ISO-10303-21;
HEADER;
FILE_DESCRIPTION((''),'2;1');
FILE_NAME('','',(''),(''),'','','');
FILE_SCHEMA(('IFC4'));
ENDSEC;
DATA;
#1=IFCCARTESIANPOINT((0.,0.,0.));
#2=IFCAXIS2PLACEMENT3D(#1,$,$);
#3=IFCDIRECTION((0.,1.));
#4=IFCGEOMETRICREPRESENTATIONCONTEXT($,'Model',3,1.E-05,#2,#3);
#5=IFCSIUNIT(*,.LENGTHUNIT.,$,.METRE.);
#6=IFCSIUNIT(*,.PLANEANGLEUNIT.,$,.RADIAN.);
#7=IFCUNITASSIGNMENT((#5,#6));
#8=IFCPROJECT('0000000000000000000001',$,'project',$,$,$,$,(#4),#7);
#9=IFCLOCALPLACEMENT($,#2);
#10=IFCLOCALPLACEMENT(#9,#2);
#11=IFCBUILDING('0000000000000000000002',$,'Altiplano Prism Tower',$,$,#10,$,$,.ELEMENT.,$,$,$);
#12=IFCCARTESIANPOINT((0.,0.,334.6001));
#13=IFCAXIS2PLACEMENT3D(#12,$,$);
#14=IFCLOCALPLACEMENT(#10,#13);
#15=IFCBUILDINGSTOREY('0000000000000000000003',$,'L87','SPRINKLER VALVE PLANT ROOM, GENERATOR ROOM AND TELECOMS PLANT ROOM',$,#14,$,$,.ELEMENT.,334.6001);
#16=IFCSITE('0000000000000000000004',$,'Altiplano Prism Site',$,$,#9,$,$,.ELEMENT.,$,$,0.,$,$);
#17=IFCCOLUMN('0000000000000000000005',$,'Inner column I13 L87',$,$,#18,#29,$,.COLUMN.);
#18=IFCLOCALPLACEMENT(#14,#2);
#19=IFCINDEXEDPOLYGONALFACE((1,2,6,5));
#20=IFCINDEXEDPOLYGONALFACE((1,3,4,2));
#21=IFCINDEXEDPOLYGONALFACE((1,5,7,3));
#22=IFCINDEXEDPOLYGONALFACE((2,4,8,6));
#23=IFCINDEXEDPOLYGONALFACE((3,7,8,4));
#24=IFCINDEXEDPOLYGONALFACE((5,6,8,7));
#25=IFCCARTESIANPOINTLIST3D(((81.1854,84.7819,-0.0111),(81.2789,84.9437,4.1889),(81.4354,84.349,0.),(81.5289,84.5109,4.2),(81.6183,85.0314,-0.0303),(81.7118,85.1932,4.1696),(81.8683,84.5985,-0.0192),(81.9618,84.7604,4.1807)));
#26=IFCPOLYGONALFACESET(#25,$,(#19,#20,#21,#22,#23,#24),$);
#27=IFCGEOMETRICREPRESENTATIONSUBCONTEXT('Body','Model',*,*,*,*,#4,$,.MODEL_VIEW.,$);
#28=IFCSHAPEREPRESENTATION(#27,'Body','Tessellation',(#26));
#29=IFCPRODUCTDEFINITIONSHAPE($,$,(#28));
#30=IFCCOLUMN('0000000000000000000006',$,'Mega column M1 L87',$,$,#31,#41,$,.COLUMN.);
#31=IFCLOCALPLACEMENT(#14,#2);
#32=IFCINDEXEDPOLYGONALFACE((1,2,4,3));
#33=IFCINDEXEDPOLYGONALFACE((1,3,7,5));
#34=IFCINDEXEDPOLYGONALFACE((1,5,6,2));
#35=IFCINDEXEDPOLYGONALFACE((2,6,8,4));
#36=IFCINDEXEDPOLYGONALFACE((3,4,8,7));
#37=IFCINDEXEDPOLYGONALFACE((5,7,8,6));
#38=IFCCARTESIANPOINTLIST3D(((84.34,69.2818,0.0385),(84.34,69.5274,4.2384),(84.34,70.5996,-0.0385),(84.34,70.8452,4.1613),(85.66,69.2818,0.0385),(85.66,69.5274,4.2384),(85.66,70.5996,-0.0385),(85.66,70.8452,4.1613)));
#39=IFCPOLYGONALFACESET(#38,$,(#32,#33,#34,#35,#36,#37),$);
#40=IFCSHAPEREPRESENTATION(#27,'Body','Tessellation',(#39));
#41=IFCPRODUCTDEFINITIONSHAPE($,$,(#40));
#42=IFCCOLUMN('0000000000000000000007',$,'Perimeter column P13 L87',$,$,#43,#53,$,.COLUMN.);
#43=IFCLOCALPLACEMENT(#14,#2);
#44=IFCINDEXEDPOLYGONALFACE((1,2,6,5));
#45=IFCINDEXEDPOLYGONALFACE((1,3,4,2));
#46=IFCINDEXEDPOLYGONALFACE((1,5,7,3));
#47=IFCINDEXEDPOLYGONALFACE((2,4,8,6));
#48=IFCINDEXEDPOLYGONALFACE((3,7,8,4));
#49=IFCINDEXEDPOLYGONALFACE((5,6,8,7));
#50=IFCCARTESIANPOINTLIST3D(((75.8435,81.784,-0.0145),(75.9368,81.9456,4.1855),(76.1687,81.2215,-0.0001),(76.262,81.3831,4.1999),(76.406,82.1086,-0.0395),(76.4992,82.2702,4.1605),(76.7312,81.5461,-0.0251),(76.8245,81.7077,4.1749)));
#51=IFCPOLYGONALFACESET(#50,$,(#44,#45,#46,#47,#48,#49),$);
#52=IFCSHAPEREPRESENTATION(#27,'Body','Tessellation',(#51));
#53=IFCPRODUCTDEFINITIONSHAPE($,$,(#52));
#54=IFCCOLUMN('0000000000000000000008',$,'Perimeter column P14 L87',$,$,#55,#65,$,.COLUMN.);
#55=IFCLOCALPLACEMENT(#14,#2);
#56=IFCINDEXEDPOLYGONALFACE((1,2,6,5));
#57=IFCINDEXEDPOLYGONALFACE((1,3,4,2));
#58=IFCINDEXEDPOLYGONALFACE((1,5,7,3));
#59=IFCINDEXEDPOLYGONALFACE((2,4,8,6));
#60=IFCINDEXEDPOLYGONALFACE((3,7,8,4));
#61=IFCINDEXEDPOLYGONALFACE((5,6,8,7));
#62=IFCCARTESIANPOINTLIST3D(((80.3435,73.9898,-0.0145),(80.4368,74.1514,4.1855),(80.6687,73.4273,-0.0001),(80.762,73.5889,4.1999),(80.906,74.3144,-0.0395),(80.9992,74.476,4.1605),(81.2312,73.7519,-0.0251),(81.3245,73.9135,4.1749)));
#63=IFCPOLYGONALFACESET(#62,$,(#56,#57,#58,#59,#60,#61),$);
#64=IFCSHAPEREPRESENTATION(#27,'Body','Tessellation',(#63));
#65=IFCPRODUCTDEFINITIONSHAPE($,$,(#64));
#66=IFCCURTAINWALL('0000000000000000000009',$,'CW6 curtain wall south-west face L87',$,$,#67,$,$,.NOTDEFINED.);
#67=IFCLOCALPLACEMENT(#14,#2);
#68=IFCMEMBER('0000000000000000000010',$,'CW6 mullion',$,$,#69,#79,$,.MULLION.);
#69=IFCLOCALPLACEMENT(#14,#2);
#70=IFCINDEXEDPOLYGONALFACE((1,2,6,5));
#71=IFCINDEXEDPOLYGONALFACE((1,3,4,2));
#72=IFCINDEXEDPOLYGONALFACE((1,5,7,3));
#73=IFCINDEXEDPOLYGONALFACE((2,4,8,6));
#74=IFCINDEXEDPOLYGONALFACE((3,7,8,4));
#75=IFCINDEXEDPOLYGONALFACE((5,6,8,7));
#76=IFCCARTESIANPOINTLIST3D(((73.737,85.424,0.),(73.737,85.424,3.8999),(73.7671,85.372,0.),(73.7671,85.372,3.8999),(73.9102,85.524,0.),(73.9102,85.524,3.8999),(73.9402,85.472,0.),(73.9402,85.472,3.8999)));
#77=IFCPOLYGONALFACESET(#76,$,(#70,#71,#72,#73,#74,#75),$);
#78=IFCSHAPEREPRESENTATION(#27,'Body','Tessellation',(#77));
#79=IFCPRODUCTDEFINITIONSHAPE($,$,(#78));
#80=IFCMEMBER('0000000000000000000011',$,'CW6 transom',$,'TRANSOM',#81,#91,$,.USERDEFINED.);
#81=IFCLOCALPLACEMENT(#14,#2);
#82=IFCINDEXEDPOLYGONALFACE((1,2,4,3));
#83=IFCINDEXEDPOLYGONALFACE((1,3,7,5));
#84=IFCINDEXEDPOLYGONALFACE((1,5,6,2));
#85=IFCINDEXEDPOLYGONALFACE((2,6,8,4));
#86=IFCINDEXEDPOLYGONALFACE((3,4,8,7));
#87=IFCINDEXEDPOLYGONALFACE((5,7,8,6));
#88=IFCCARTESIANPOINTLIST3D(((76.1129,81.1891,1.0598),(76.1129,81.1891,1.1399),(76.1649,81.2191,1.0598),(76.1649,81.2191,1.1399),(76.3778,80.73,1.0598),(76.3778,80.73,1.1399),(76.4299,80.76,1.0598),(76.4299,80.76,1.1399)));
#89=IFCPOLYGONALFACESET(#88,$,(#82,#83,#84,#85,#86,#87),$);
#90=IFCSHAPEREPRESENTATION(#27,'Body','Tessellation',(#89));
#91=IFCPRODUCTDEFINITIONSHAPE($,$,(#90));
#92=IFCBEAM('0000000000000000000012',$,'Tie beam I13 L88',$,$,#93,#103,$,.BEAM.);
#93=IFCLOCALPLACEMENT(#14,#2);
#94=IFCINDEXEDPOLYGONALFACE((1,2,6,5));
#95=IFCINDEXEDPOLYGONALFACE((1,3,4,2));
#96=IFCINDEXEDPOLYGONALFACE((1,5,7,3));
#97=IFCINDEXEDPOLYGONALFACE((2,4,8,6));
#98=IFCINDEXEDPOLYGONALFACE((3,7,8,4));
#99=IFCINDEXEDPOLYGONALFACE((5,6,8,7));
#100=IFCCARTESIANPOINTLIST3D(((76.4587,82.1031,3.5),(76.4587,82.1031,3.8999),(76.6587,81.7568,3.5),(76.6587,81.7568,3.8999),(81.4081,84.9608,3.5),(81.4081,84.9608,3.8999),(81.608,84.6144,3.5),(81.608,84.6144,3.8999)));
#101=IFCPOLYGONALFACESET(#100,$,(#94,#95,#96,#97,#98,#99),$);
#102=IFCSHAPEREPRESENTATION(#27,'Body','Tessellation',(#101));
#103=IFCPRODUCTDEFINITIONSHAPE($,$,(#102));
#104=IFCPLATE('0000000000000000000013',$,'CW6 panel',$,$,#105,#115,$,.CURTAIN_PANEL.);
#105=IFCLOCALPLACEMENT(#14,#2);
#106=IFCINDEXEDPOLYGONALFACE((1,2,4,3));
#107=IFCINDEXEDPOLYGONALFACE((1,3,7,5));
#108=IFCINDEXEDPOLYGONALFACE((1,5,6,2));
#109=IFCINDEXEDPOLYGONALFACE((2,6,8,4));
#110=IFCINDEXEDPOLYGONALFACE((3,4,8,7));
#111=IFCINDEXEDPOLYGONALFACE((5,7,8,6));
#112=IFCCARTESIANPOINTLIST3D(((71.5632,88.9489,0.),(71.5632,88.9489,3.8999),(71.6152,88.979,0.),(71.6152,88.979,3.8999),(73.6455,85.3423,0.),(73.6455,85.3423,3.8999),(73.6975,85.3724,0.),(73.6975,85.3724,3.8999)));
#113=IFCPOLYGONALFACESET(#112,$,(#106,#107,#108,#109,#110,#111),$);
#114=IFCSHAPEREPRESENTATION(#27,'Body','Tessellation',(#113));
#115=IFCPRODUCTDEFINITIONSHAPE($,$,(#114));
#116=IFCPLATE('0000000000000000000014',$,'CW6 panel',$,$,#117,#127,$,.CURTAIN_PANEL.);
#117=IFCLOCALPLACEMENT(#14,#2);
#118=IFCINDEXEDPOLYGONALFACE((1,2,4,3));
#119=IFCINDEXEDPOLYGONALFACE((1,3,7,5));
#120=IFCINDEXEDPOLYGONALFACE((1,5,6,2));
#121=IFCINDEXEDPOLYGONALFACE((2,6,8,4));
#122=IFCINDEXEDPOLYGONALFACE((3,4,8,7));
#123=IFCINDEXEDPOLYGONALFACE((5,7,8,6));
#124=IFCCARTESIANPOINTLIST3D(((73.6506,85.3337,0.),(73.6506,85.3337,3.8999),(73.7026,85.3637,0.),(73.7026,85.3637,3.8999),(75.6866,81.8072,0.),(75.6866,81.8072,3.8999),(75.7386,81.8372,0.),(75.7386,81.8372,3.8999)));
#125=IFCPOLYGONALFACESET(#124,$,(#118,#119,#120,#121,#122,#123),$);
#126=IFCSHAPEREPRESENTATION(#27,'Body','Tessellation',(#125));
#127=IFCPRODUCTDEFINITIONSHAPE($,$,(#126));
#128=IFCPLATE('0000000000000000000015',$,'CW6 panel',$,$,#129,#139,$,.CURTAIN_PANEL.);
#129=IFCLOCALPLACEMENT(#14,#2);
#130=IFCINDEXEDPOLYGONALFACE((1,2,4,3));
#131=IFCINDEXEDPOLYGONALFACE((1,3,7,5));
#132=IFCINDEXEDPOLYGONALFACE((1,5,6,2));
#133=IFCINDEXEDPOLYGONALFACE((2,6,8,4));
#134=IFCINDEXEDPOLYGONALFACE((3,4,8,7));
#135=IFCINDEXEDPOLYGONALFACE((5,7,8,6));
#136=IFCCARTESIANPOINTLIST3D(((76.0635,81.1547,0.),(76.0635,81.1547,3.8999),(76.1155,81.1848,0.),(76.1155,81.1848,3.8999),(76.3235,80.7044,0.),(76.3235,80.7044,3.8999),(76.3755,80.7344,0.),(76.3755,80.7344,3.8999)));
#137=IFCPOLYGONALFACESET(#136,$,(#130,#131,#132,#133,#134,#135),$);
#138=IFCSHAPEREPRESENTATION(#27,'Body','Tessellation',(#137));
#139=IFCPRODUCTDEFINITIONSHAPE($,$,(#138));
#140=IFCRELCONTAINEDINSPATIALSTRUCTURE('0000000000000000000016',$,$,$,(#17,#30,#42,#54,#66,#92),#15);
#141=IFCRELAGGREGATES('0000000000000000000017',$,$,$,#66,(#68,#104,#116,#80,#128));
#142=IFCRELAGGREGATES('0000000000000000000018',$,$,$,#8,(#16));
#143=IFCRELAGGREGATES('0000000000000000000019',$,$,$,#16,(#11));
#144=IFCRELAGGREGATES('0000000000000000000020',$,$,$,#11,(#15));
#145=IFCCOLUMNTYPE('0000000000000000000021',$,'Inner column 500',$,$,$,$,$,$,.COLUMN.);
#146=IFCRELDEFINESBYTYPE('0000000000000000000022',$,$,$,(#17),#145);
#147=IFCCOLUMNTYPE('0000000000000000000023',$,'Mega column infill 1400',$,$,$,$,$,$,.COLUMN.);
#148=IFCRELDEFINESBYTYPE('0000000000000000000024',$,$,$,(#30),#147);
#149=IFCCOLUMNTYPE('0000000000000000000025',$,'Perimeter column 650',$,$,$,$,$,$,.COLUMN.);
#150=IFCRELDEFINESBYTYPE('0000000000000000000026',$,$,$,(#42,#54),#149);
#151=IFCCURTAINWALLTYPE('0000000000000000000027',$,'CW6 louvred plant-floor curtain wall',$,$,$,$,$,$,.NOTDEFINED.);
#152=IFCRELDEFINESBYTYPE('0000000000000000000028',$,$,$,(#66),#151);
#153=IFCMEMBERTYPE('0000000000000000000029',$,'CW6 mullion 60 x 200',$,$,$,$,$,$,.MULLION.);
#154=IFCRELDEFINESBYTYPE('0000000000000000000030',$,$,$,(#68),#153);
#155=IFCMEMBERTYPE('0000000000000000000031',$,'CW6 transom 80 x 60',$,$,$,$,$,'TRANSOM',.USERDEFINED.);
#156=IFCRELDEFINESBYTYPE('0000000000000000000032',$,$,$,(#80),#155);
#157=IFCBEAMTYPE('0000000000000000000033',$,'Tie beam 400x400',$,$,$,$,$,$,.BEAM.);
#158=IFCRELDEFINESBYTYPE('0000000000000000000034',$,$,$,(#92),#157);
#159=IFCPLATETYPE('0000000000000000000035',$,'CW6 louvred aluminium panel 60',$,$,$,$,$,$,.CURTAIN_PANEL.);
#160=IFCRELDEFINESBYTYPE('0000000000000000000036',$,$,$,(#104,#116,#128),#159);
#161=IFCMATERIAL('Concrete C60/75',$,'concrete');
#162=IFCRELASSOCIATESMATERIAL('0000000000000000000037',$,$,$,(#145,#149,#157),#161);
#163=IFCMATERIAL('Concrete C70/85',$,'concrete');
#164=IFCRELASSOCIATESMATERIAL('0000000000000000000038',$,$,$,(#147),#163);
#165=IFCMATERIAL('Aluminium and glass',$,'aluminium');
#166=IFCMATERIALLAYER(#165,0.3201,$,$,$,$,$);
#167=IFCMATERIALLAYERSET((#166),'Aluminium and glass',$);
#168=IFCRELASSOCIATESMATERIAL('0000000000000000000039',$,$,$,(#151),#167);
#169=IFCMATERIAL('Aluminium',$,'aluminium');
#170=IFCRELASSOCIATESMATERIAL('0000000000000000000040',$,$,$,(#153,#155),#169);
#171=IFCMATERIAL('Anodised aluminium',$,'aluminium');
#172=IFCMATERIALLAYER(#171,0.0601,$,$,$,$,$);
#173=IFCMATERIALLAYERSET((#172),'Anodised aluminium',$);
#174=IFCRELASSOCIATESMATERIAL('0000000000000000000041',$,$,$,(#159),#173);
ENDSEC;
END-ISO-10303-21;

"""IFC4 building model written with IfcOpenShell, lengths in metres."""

from ifc_helpers import new_model, si_unit, direction, frame, origin, origin_2d, place, context, subcontext, project, spatial, rectangle, extrude, material, layer, layer_set, material_profile, profile_set, type_object, element, aggregate, save


model = new_model("IFC4")

# Units and contexts
model_context = context("Model", 3, precision=1e-05, world=origin(), true_north=direction((0.0, 1.0)))
body_context = subcontext(model_context, "Body", "Model", "MODEL_VIEW")
ifc_project = project(units=[si_unit("LENGTHUNIT", "METRE"), si_unit("PLANEANGLEUNIT", "RADIAN")], contexts=[model_context])

# Site, building, storey
site_placement = place(None, origin())
site = spatial("IfcSite", under=ifc_project, at=site_placement, Name="Altiplano Prism Site", CompositionType="ELEMENT", RefElevation=0.0)
building_placement = place(site_placement, origin())
building = spatial("IfcBuilding", under=site, at=building_placement, Name="Altiplano Prism Tower", CompositionType="ELEMENT")
storey_placement = place(building_placement, frame((0.0, 0.0, 334.6001)))
storey = spatial("IfcBuildingStorey", under=building, at=storey_placement, Name="L87", Description="SPRINKLER VALVE PLANT ROOM, GENERATOR ROOM AND TELECOMS PLANT ROOM", CompositionType="ELEMENT", Elevation=334.6001)

# Columns
ifc_material_1 = material(Name="Concrete C60/75", Category="concrete")
ifc_material_profile_1 = material_profile(ifc_material_1, rectangle(XDim=0.5, YDim=0.5, at=origin_2d()), Name="Inner column 500")
ifc_profile_set_1 = profile_set([ifc_material_profile_1], Name="Concrete C60/75")
column_type_1 = type_object("IfcColumnType", Name="Inner column 500", PredefinedType="COLUMN", material=ifc_profile_set_1)
column_1_placement = place(storey_placement, frame((81.5269, 84.6902, -0.0151), z_axis=(0.022242, 0.038502, 0.999011), x_axis=(-0.86572, -0.499045, 0.038507)))
element("IfcColumn", 1, at=column_1_placement, inside=storey, type_object=column_type_1, Name="Inner column I13 L87", PredefinedType="COLUMN", context=body_context, shape_type="SweptSolid", body=[
    extrude(rectangle(XDim=0.5, YDim=0.5, at=origin_2d()), origin(), (0.0, 0.0, 1.0), 4.2041),
])
ifc_material_2 = material(Name="Concrete C70/85", Category="concrete")
ifc_material_profile_2 = material_profile(ifc_material_2, rectangle(XDim=1.3201, YDim=1.3201, at=origin_2d()), Name="Mega column infill 1400")
ifc_profile_set_2 = profile_set([ifc_material_profile_2], Name="Concrete C70/85")
column_type_2 = type_object("IfcColumnType", Name="Mega column infill 1400", PredefinedType="COLUMN", material=ifc_profile_set_2)
column_2_placement = place(storey_placement, frame((85.0, 69.9407, 0.0), z_axis=(0.0, 0.058378, 0.998295), x_axis=(-1.0, 0.0, 0.0)))
element("IfcColumn", 2, at=column_2_placement, inside=storey, type_object=column_type_2, Name="Mega column M1 L87", PredefinedType="COLUMN", context=body_context, shape_type="SweptSolid", body=[
    extrude(rectangle(XDim=1.3201, YDim=1.3201, at=origin_2d()), origin(), (0.0, 0.0, 1.0), 4.207),
])
ifc_material_profile_3 = material_profile(ifc_material_1, rectangle(XDim=0.6499, YDim=0.6499, at=origin_2d()), Name="Perimeter column 650")
ifc_profile_set_3 = profile_set([ifc_material_profile_3], Name="Concrete C60/75")
column_type_3 = type_object("IfcColumnType", Name="Perimeter column 650", PredefinedType="COLUMN", material=ifc_profile_set_3)
for number, where, z_axis, x_axis, name in (
    (3, (76.2874, 81.665, -0.0198), (0.022184, 0.038444, 0.999014), (-0.865483, -0.499462, 0.038439), "Perimeter column P13 L87"),
    (4, (80.7874, 73.8708, -0.0198), (0.022184, 0.038444, 0.999014), (-0.865483, -0.499462, 0.038439), "Perimeter column P14 L87"),
):
    element("IfcColumn", number, at=place(storey_placement, frame(where, z_axis=z_axis, x_axis=x_axis)), inside=storey, type_object=column_type_3, Name=name, PredefinedType="COLUMN", context=body_context, shape_type="SweptSolid", body=[
        extrude(rectangle(XDim=0.6499, YDim=0.6499, at=origin_2d()), origin(), (0.0, 0.0, 1.0), 4.2041),
    ])

# Curtain wall, members
ifc_material_3 = material(Name="Aluminium and glass", Category="aluminium")
ifc_layer_1 = layer(ifc_material_3, 0.3201)
ifc_layer_set_1 = layer_set([ifc_layer_1], Name="Aluminium and glass")
curtain_wall_type = type_object("IfcCurtainWallType", Name="CW6 louvred plant-floor curtain wall", PredefinedType="NOTDEFINED", material=ifc_layer_set_1)
curtain_wall_placement = place(storey_placement, origin())
curtain_wall = element("IfcCurtainWall", 5, at=curtain_wall_placement, inside=storey, type_object=curtain_wall_type, Name="CW6 curtain wall south-west face L87", PredefinedType="NOTDEFINED")
ifc_material_4 = material(Name="Aluminium", Category="aluminium")
ifc_material_profile_4 = material_profile(ifc_material_4, rectangle(XDim=0.2, YDim=0.0601, at=origin_2d()), Name="CW6 mullion 60 x 200")
ifc_profile_set_4 = profile_set([ifc_material_profile_4], Name="Aluminium")
member_type_1 = type_object("IfcMemberType", Name="CW6 mullion 60 x 200", PredefinedType="MULLION", material=ifc_profile_set_4)
member_1_placement = place(storey_placement, frame((73.8386, 85.448, 0.0), z_axis=(0.0, 0.0, 1.0), x_axis=(0.866025, 0.5, 0.0)))
member_1 = element("IfcMember", 6, at=member_1_placement, type_object=member_type_1, Name="CW6 mullion", PredefinedType="MULLION", context=body_context, shape_type="SweptSolid", body=[
    extrude(rectangle(XDim=0.2, YDim=0.0601, at=origin_2d()), origin(), (0.0, 0.0, 1.0), 3.8999),
])
ifc_material_profile_5 = material_profile(ifc_material_4, rectangle(XDim=0.0601, YDim=0.0801, at=origin_2d()), Name="CW6 transom 80 x 60")
ifc_profile_set_5 = profile_set([ifc_material_profile_5], Name="Aluminium")
member_type_2 = type_object("IfcMemberType", Name="CW6 transom 80 x 60", ElementType="TRANSOM", PredefinedType="USERDEFINED", material=ifc_profile_set_5)
member_2_placement = place(storey_placement, frame((76.1389, 81.2041, 1.0999), z_axis=(0.499855, -0.866109, 0.0), x_axis=(0.866109, 0.499855, 0.0)))
member_2 = element("IfcMember", 7, at=member_2_placement, type_object=member_type_2, Name="CW6 transom", ObjectType="TRANSOM", PredefinedType="USERDEFINED", context=body_context, shape_type="SweptSolid", body=[
    extrude(rectangle(XDim=0.0601, YDim=0.0801, at=origin_2d()), origin(), (0.0, 0.0, 1.0), 0.53),
])

# Beam
ifc_material_profile_6 = material_profile(ifc_material_1, rectangle(XDim=0.3999, YDim=0.3999, at=origin_2d()), Name="Tie beam 400x400")
ifc_profile_set_6 = profile_set([ifc_material_profile_6], Name="Concrete C60/75")
beam_type = type_object("IfcBeamType", Name="Tie beam 400x400", PredefinedType="BEAM", material=ifc_profile_set_6)
beam_placement = place(storey_placement, frame((81.5081, 84.7876, 3.7), z_axis=(-0.866018, -0.500012, 0.0), x_axis=(0.500012, -0.866018, 0.0)))
element("IfcBeam", 8, at=beam_placement, inside=storey, type_object=beam_type, Name="Tie beam I13 L88", PredefinedType="BEAM", context=body_context, shape_type="SweptSolid", body=[
    extrude(rectangle(XDim=0.3999, YDim=0.3999, at=origin_2d()), origin(), (0.0, 0.0, 1.0), 5.7151),
])

# Plates
ifc_material_5 = material(Name="Anodised aluminium", Category="aluminium")
ifc_layer_2 = layer(ifc_material_5, 0.0601)
ifc_layer_set_2 = layer_set([ifc_layer_2], Name="Anodised aluminium")
plate_type = type_object("IfcPlateType", Name="CW6 louvred aluminium panel 60", PredefinedType="CURTAIN_PANEL", material=ifc_layer_set_2)
plate_1_placement = place(storey_placement, frame((72.6304, 87.1606, 0.0), z_axis=(0.0, 0.0, 1.0), x_axis=(0.5, -0.866025, 0.0)))
plate_1 = element("IfcPlate", 9, at=plate_1_placement, type_object=plate_type, Name="CW6 panel", PredefinedType="CURTAIN_PANEL", context=body_context, shape_type="SweptSolid", body=[
    extrude(rectangle(XDim=4.1646, YDim=0.0601, at=origin_2d()), origin(), (0.0, 0.0, 1.0), 3.8999),
])
plate_2_placement = place(storey_placement, frame((74.6946, 83.5854, 0.0), z_axis=(0.0, 0.0, 1.0), x_axis=(0.5, -0.866025, 0.0)))
plate_2 = element("IfcPlate", 10, at=plate_2_placement, type_object=plate_type, Name="CW6 panel", PredefinedType="CURTAIN_PANEL", context=body_context, shape_type="SweptSolid", body=[
    extrude(rectangle(XDim=4.072, YDim=0.0601, at=origin_2d()), origin(), (0.0, 0.0, 1.0), 3.8999),
])
plate_3_placement = place(storey_placement, frame((76.2195, 80.9446, 0.0), z_axis=(0.0, 0.0, 1.0), x_axis=(0.5, -0.866025, 0.0)))
plate_3 = element("IfcPlate", 11, at=plate_3_placement, type_object=plate_type, Name="CW6 panel", PredefinedType="CURTAIN_PANEL", context=body_context, shape_type="SweptSolid", body=[
    extrude(rectangle(XDim=0.52, YDim=0.0601, at=origin_2d()), origin(), (0.0, 0.0, 1.0), 3.8999),
])
aggregate(curtain_wall, [member_1, plate_1, plate_2, member_2, plate_3])

save(model, "model.ifc")
